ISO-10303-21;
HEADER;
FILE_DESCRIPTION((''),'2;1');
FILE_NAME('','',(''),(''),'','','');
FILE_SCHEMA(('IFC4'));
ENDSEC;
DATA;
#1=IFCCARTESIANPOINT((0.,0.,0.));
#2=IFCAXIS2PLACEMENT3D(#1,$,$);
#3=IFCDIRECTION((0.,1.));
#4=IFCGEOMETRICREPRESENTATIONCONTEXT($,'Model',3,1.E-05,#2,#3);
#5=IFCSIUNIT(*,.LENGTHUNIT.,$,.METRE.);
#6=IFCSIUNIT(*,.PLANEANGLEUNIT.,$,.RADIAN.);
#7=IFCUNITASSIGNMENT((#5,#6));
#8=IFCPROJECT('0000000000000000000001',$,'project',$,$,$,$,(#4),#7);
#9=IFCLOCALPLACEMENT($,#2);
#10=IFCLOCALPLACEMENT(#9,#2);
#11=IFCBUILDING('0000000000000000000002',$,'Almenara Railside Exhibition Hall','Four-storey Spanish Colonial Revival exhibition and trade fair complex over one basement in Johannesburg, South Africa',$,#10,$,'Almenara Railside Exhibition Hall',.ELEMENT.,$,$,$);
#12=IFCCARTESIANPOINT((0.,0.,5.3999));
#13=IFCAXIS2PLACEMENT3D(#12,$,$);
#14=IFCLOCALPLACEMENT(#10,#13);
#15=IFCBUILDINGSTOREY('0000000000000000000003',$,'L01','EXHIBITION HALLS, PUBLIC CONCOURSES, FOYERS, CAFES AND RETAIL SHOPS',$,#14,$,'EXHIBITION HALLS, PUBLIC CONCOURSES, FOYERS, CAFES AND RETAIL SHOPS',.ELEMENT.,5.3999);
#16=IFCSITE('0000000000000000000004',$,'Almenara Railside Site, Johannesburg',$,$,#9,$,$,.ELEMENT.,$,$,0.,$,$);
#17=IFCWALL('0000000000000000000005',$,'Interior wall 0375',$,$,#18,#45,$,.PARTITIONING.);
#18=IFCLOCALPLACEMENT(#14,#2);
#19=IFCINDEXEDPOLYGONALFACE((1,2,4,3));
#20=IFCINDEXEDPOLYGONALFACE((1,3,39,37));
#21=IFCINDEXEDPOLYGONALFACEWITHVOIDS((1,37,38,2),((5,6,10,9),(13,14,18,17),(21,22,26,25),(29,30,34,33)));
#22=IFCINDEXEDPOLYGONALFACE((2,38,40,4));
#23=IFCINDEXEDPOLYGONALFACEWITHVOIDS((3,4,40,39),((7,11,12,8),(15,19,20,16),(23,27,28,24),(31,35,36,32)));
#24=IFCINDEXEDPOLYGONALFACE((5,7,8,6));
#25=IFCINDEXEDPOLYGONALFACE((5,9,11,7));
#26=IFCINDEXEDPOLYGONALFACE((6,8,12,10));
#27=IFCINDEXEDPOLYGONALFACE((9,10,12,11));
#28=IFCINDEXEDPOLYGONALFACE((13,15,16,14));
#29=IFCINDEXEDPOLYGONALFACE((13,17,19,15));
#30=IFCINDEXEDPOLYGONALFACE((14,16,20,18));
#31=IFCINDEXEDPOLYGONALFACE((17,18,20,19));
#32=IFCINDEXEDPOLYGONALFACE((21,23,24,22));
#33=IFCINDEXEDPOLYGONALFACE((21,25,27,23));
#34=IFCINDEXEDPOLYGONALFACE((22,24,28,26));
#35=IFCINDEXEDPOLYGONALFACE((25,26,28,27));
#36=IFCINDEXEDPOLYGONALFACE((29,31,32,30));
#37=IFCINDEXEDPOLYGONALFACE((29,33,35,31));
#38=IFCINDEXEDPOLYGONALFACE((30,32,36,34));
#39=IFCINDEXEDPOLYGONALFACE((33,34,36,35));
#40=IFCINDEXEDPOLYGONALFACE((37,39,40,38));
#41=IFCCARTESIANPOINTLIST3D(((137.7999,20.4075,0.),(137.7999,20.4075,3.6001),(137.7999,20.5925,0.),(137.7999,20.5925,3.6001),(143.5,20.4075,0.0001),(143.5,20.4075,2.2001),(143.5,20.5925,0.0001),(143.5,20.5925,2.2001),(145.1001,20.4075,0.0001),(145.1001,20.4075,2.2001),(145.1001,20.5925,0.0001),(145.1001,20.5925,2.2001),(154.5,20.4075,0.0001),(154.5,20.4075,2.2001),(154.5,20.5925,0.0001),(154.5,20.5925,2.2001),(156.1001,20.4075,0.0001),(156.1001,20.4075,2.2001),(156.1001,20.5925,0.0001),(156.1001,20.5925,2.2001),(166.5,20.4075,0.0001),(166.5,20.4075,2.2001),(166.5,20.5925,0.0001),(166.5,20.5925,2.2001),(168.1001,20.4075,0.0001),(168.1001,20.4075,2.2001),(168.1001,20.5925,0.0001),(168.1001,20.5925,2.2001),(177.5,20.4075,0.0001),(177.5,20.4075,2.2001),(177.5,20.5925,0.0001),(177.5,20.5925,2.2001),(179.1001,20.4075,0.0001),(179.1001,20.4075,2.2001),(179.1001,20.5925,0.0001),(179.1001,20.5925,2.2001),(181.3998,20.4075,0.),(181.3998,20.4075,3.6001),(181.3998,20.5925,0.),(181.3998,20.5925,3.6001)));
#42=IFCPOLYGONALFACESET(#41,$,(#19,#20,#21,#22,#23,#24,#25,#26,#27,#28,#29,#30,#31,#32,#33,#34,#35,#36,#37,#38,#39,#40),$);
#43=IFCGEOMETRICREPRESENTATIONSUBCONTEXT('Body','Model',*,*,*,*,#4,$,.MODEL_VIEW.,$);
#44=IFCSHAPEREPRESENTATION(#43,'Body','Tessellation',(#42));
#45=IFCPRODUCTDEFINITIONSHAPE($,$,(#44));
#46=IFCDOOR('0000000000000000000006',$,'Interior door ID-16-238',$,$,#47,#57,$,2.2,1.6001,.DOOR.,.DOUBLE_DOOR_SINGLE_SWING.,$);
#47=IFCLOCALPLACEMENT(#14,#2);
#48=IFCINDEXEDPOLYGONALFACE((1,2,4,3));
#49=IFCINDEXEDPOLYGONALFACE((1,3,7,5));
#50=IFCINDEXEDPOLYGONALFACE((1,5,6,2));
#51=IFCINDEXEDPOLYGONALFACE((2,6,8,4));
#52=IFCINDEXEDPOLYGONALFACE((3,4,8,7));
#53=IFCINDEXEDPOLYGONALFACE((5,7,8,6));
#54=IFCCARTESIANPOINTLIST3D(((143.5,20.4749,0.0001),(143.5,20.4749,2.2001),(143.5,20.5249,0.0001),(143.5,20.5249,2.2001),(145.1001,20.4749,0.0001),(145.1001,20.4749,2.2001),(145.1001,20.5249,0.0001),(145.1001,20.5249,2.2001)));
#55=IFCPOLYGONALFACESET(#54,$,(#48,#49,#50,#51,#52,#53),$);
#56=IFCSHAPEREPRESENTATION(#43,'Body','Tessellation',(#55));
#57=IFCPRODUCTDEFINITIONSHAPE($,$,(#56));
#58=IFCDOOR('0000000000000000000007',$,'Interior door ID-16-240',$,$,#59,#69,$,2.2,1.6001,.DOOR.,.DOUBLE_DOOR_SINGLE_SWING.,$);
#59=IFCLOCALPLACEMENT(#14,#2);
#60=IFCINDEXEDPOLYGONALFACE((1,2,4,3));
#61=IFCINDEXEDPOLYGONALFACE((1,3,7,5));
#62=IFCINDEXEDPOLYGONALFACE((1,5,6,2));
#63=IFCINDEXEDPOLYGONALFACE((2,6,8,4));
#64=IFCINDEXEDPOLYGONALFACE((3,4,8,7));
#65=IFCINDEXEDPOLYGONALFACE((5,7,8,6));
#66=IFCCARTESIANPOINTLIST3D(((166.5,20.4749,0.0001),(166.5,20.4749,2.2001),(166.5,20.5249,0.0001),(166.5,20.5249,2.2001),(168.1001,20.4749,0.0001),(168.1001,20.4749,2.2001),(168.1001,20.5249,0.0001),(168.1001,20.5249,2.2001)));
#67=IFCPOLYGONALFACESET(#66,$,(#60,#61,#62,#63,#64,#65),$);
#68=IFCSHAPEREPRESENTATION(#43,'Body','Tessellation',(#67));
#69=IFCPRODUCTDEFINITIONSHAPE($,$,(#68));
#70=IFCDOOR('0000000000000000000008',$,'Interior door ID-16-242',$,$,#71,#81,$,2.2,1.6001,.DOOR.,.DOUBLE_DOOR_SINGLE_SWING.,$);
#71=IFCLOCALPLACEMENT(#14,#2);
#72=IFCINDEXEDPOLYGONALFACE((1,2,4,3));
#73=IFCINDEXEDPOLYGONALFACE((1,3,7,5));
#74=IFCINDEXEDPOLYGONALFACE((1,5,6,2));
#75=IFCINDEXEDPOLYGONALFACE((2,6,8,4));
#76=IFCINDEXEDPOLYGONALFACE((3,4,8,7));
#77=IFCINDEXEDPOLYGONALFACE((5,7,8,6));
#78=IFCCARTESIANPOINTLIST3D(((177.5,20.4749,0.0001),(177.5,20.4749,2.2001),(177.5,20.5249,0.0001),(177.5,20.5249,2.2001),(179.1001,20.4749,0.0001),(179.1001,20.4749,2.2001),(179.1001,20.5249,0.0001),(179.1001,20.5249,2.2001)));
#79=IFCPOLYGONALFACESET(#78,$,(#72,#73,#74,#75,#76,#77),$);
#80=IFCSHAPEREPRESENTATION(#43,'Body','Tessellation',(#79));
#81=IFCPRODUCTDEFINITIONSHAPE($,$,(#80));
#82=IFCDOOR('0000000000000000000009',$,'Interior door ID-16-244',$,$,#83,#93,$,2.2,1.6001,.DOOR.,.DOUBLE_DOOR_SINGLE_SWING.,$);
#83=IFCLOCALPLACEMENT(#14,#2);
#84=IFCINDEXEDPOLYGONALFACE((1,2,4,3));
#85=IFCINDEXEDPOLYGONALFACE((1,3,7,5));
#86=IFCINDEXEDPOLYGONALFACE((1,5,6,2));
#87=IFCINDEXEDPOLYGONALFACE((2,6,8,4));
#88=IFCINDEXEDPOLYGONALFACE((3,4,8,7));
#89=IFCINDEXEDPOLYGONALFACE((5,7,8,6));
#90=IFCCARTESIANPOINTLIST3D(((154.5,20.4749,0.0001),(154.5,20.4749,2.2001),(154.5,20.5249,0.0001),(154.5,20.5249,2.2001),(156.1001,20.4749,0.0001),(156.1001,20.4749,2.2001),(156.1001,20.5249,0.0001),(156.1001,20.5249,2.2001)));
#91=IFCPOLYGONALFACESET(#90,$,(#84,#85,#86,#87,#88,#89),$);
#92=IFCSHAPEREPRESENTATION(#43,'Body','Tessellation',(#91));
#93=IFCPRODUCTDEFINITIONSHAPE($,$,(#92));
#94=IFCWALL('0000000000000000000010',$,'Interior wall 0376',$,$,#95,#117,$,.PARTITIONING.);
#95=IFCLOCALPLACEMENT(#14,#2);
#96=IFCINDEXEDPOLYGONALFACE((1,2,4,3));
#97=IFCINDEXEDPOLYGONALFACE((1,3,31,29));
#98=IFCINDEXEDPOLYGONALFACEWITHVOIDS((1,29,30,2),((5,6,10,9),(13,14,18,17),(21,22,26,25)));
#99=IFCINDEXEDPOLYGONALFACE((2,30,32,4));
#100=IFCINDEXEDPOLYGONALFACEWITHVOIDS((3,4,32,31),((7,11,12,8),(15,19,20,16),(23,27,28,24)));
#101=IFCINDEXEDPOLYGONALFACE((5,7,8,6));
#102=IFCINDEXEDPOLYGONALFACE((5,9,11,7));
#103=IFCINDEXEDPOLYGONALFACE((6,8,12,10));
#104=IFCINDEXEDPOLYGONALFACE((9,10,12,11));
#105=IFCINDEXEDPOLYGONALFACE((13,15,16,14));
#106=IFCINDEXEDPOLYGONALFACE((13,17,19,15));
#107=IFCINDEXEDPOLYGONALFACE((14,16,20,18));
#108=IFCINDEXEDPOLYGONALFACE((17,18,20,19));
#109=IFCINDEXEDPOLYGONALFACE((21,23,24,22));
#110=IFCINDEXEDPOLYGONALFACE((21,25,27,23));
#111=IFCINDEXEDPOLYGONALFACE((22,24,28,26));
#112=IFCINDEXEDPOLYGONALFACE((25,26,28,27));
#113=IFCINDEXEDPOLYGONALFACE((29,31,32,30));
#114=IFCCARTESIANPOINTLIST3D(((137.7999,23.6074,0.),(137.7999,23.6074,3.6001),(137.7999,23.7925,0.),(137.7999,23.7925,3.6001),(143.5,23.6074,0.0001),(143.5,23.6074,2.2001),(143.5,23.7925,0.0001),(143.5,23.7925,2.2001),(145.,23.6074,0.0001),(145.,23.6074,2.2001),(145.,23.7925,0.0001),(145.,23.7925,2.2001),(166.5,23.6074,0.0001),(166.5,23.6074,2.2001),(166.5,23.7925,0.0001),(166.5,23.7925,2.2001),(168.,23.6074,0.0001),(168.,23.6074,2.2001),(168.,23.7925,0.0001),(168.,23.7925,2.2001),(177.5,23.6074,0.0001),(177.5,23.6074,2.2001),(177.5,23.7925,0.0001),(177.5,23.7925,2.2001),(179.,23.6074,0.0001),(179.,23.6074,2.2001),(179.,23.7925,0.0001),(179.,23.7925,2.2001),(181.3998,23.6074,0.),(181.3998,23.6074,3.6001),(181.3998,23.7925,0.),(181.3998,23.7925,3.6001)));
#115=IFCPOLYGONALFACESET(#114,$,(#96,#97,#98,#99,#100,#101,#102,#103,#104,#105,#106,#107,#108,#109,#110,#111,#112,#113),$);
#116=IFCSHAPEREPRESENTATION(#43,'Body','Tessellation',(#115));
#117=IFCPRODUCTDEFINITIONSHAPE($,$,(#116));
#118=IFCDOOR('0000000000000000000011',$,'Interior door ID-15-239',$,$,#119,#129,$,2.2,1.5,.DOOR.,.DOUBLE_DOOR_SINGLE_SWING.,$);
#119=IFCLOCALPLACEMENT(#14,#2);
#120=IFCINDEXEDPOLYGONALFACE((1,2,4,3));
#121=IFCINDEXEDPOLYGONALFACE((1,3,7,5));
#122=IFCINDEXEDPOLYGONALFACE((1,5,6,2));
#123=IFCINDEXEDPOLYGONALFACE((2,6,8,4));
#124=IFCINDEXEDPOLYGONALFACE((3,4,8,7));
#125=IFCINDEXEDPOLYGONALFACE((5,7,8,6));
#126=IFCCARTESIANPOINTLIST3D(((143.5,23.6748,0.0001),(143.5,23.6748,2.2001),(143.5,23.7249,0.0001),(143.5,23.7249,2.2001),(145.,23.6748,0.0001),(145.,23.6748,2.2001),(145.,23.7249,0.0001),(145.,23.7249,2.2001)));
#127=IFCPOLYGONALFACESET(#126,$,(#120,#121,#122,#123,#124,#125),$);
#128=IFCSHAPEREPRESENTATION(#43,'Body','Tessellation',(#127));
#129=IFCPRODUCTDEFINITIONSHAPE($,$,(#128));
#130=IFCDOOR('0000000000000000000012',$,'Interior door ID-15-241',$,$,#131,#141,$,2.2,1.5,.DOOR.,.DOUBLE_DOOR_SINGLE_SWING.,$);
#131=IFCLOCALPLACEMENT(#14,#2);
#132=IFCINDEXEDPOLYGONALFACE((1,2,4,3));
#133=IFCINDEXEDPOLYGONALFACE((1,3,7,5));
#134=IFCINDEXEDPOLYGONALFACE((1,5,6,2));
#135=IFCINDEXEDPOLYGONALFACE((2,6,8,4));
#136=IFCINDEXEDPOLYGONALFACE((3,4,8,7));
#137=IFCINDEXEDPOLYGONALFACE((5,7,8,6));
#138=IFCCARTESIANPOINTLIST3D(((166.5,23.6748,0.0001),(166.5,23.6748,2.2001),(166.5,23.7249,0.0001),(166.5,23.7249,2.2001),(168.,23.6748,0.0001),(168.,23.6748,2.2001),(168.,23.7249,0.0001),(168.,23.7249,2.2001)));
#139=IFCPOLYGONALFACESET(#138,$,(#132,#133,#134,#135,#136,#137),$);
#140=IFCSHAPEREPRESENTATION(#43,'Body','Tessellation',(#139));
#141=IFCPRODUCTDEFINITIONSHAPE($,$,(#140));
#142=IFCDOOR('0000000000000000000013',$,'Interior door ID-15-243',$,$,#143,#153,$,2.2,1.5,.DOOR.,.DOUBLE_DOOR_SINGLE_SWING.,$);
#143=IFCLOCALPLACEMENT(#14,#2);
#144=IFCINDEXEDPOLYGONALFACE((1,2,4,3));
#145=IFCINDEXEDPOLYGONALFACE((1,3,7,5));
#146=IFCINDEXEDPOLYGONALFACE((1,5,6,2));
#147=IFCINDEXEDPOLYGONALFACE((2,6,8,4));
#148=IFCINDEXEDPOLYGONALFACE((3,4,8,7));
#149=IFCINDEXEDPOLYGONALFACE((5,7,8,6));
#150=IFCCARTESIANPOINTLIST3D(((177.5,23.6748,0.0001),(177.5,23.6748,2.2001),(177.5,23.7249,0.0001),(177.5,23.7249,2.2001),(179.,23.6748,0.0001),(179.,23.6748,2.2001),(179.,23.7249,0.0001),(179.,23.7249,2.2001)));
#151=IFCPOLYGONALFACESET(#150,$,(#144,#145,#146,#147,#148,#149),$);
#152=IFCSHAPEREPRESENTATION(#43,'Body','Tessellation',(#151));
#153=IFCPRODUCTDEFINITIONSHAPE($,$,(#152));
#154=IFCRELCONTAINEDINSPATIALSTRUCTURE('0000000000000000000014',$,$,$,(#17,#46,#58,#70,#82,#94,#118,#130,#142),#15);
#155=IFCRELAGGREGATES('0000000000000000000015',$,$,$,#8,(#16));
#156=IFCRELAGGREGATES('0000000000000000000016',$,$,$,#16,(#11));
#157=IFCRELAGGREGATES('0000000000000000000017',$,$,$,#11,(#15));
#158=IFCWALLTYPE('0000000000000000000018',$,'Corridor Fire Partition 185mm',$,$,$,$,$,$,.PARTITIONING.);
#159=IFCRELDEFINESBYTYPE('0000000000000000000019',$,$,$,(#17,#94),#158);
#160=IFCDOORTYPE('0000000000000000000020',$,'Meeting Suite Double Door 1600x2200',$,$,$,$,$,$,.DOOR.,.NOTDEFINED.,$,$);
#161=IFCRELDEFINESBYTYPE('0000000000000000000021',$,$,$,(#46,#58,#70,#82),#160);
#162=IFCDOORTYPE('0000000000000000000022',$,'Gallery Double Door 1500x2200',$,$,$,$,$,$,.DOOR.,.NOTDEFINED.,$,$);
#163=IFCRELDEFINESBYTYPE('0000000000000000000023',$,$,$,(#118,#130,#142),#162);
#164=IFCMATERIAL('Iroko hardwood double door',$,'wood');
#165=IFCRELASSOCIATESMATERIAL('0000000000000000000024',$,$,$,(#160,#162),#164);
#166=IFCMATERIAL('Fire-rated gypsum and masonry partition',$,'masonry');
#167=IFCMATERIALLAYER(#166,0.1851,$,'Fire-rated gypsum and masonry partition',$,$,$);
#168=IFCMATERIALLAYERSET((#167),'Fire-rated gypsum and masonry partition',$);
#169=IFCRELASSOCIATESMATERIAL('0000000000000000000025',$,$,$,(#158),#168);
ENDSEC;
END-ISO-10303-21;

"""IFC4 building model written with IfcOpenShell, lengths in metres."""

from ifc_helpers import new_model, si_unit, direction, frame, frame_2d, origin, place, context, subcontext, project, spatial, rectangle, extrude, material, layer, layer_set, type_object, element, fill, save


model = new_model("IFC4")

# Units and contexts
model_context = context("Model", 3, precision=1e-05, world=origin(), true_north=direction((0.0, 1.0)))
body_context = subcontext(model_context, "Body", "Model", "MODEL_VIEW")
ifc_project = project(units=[si_unit("LENGTHUNIT", "METRE"), si_unit("PLANEANGLEUNIT", "RADIAN")], contexts=[model_context])

# Site, building, storey
site_placement = place(None, origin())
site = spatial("IfcSite", under=ifc_project, at=site_placement, Name="Almenara Railside Site, Johannesburg", CompositionType="ELEMENT", RefElevation=0.0)
building_placement = place(site_placement, origin())
building = spatial("IfcBuilding", under=site, at=building_placement, Name="Almenara Railside Exhibition Hall", Description="Four-storey Spanish Colonial Revival exhibition and trade fair complex over one basement in Johannesburg, South Africa", LongName="Almenara Railside Exhibition Hall", CompositionType="ELEMENT")
storey_placement = place(building_placement, frame((0.0, 0.0, 5.3999)))
storey = spatial("IfcBuildingStorey", under=building, at=storey_placement, Name="L01", Description="EXHIBITION HALLS, PUBLIC CONCOURSES, FOYERS, CAFES AND RETAIL SHOPS", LongName="EXHIBITION HALLS, PUBLIC CONCOURSES, FOYERS, CAFES AND RETAIL SHOPS", CompositionType="ELEMENT", Elevation=5.3999)

# Shared definitions
ifc_material_1 = material(Name="Iroko hardwood double door", Category="wood")
door_type_1 = type_object("IfcDoorType", Name="Meeting Suite Double Door 1600x2200", OperationType="NOTDEFINED", PredefinedType="DOOR", material=ifc_material_1)

# Walls, openings, doors
ifc_material_2 = material(Name="Fire-rated gypsum and masonry partition", Category="masonry")
ifc_layer_1 = layer(ifc_material_2, 0.1851, Name="Fire-rated gypsum and masonry partition")
ifc_layer_set_1 = layer_set([ifc_layer_1], Name="Fire-rated gypsum and masonry partition")
wall_type_1 = type_object("IfcWallType", Name="Corridor Fire Partition 185mm", PredefinedType="PARTITIONING", material=ifc_layer_set_1)
wall_1_placement = place(storey_placement, frame((137.8, 20.5, 0.0), z_axis=(0.0, 0.0, 1.0), x_axis=(1.0, 0.0, 0.0)))
wall_1 = element("IfcWall", 1, at=wall_1_placement, inside=storey, type_object=wall_type_1, Name="Interior wall 0375", PredefinedType="PARTITIONING", context=body_context, shape_type="SweptSolid", body=[
    extrude(rectangle(XDim=43.5999, YDim=0.1851, at=frame_2d((21.7998, 0.0))), origin(), (0.0, 0.0, 1.0), 3.6001),
])
opening_1_placement = place(wall_1_placement, frame((5.7, 0.0, 0.0)))
opening_1 = element("IfcOpeningElement", 2, at=opening_1_placement, cuts=wall_1, PredefinedType="OPENING", context=body_context, shape_type="SweptSolid", body=[
    extrude(rectangle(XDim=1.6001, YDim=2.2, at=frame_2d((0.8, 1.1001))), frame((0.0, 0.1025, 0.0), z_axis=(0.0, -1.0, 0.0), x_axis=(1.0, 0.0, 0.0)), (0.0, 0.0, 1.0), 0.2051),
])
opening_2_placement = place(wall_1_placement, frame((28.7, 0.0, 0.0)))
opening_2 = element("IfcOpeningElement", 3, at=opening_2_placement, cuts=wall_1, PredefinedType="OPENING", context=body_context, shape_type="SweptSolid", body=[
    extrude(rectangle(XDim=1.6001, YDim=2.2, at=frame_2d((0.8, 1.1001))), frame((0.0, 0.1025, 0.0), z_axis=(0.0, -1.0, 0.0), x_axis=(1.0, 0.0, 0.0)), (0.0, 0.0, 1.0), 0.2051),
])
opening_3_placement = place(wall_1_placement, frame((39.7, 0.0, 0.0)))
opening_3 = element("IfcOpeningElement", 4, at=opening_3_placement, cuts=wall_1, PredefinedType="OPENING", context=body_context, shape_type="SweptSolid", body=[
    extrude(rectangle(XDim=1.6001, YDim=2.2, at=frame_2d((0.8, 1.1001))), frame((0.0, 0.1025, 0.0), z_axis=(0.0, -1.0, 0.0), x_axis=(1.0, 0.0, 0.0)), (0.0, 0.0, 1.0), 0.2051),
])
opening_4_placement = place(wall_1_placement, frame((16.7, 0.0, 0.0)))
opening_4 = element("IfcOpeningElement", 5, at=opening_4_placement, cuts=wall_1, PredefinedType="OPENING", context=body_context, shape_type="SweptSolid", body=[
    extrude(rectangle(XDim=1.6001, YDim=2.2, at=frame_2d((0.8, 1.1001))), frame((0.0, 0.1025, 0.0), z_axis=(0.0, -1.0, 0.0), x_axis=(1.0, 0.0, 0.0)), (0.0, 0.0, 1.0), 0.2051),
])
door_1_placement = place(opening_1_placement, origin())
door_1 = element("IfcDoor", 6, at=door_1_placement, inside=storey, type_object=door_type_1, Name="Interior door ID-16-238", OperationType="DOUBLE_DOOR_SINGLE_SWING", OverallHeight=2.2, OverallWidth=1.6001, PredefinedType="DOOR", context=body_context, shape_type="SweptSolid", body=[
    extrude(rectangle(XDim=1.6001, YDim=2.2, at=frame_2d((0.8, 1.1001))), frame((0.0, 0.0249, 0.0), z_axis=(0.0, -1.0, 0.0), x_axis=(1.0, 0.0, 0.0)), (0.0, 0.0, 1.0), 0.05),
])
fill(opening_1, door_1)
door_2_placement = place(opening_2_placement, origin())
door_2 = element("IfcDoor", 7, at=door_2_placement, inside=storey, type_object=door_type_1, Name="Interior door ID-16-240", OperationType="DOUBLE_DOOR_SINGLE_SWING", OverallHeight=2.2, OverallWidth=1.6001, PredefinedType="DOOR", context=body_context, shape_type="SweptSolid", body=[
    extrude(rectangle(XDim=1.6001, YDim=2.2, at=frame_2d((0.8, 1.1001))), frame((0.0, 0.0249, 0.0), z_axis=(0.0, -1.0, 0.0), x_axis=(1.0, 0.0, 0.0)), (0.0, 0.0, 1.0), 0.05),
])
fill(opening_2, door_2)
door_3_placement = place(opening_3_placement, origin())
door_3 = element("IfcDoor", 8, at=door_3_placement, inside=storey, type_object=door_type_1, Name="Interior door ID-16-242", OperationType="DOUBLE_DOOR_SINGLE_SWING", OverallHeight=2.2, OverallWidth=1.6001, PredefinedType="DOOR", context=body_context, shape_type="SweptSolid", body=[
    extrude(rectangle(XDim=1.6001, YDim=2.2, at=frame_2d((0.8, 1.1001))), frame((0.0, 0.0249, 0.0), z_axis=(0.0, -1.0, 0.0), x_axis=(1.0, 0.0, 0.0)), (0.0, 0.0, 1.0), 0.05),
])
fill(opening_3, door_3)
door_4_placement = place(opening_4_placement, origin())
door_4 = element("IfcDoor", 9, at=door_4_placement, inside=storey, type_object=door_type_1, Name="Interior door ID-16-244", OperationType="DOUBLE_DOOR_SINGLE_SWING", OverallHeight=2.2, OverallWidth=1.6001, PredefinedType="DOOR", context=body_context, shape_type="SweptSolid", body=[
    extrude(rectangle(XDim=1.6001, YDim=2.2, at=frame_2d((0.8, 1.1001))), frame((0.0, 0.0249, 0.0), z_axis=(0.0, -1.0, 0.0), x_axis=(1.0, 0.0, 0.0)), (0.0, 0.0, 1.0), 0.05),
])
fill(opening_4, door_4)
wall_2_placement = place(storey_placement, frame((137.8, 23.7, 0.0), z_axis=(0.0, 0.0, 1.0), x_axis=(1.0, 0.0, 0.0)))
wall_2 = element("IfcWall", 10, at=wall_2_placement, inside=storey, type_object=wall_type_1, Name="Interior wall 0376", PredefinedType="PARTITIONING", context=body_context, shape_type="SweptSolid", body=[
    extrude(rectangle(XDim=43.5999, YDim=0.1851, at=frame_2d((21.7998, 0.0))), origin(), (0.0, 0.0, 1.0), 3.6001),
])
opening_5_placement = place(wall_2_placement, frame((5.7, 0.0, 0.0)))
opening_5 = element("IfcOpeningElement", 11, at=opening_5_placement, cuts=wall_2, PredefinedType="OPENING", context=body_context, shape_type="SweptSolid", body=[
    extrude(rectangle(XDim=1.5, YDim=2.2, at=frame_2d((0.75, 1.1001))), frame((0.0, 0.1025, 0.0), z_axis=(0.0, -1.0, 0.0), x_axis=(1.0, 0.0, 0.0)), (0.0, 0.0, 1.0), 0.2051),
])
opening_6_placement = place(wall_2_placement, frame((28.7, 0.0, 0.0)))
opening_6 = element("IfcOpeningElement", 12, at=opening_6_placement, cuts=wall_2, PredefinedType="OPENING", context=body_context, shape_type="SweptSolid", body=[
    extrude(rectangle(XDim=1.5, YDim=2.2, at=frame_2d((0.75, 1.1001))), frame((0.0, 0.1025, 0.0), z_axis=(0.0, -1.0, 0.0), x_axis=(1.0, 0.0, 0.0)), (0.0, 0.0, 1.0), 0.2051),
])
opening_7_placement = place(wall_2_placement, frame((39.7, 0.0, 0.0)))
opening_7 = element("IfcOpeningElement", 13, at=opening_7_placement, cuts=wall_2, PredefinedType="OPENING", context=body_context, shape_type="SweptSolid", body=[
    extrude(rectangle(XDim=1.5, YDim=2.2, at=frame_2d((0.75, 1.1001))), frame((0.0, 0.1025, 0.0), z_axis=(0.0, -1.0, 0.0), x_axis=(1.0, 0.0, 0.0)), (0.0, 0.0, 1.0), 0.2051),
])
door_type_2 = type_object("IfcDoorType", Name="Gallery Double Door 1500x2200", OperationType="NOTDEFINED", PredefinedType="DOOR", material=ifc_material_1)
door_5_placement = place(opening_5_placement, origin())
door_5 = element("IfcDoor", 14, at=door_5_placement, inside=storey, type_object=door_type_2, Name="Interior door ID-15-239", OperationType="DOUBLE_DOOR_SINGLE_SWING", OverallHeight=2.2, OverallWidth=1.5, PredefinedType="DOOR", context=body_context, shape_type="SweptSolid", body=[
    extrude(rectangle(XDim=1.5, YDim=2.2, at=frame_2d((0.75, 1.1001))), frame((0.0, 0.0249, 0.0), z_axis=(0.0, -1.0, 0.0), x_axis=(1.0, 0.0, 0.0)), (0.0, 0.0, 1.0), 0.05),
])
fill(opening_5, door_5)
door_6_placement = place(opening_6_placement, origin())
door_6 = element("IfcDoor", 15, at=door_6_placement, inside=storey, type_object=door_type_2, Name="Interior door ID-15-241", OperationType="DOUBLE_DOOR_SINGLE_SWING", OverallHeight=2.2, OverallWidth=1.5, PredefinedType="DOOR", context=body_context, shape_type="SweptSolid", body=[
    extrude(rectangle(XDim=1.5, YDim=2.2, at=frame_2d((0.75, 1.1001))), frame((0.0, 0.0249, 0.0), z_axis=(0.0, -1.0, 0.0), x_axis=(1.0, 0.0, 0.0)), (0.0, 0.0, 1.0), 0.05),
])
fill(opening_6, door_6)
door_7_placement = place(opening_7_placement, origin())
door_7 = element("IfcDoor", 16, at=door_7_placement, inside=storey, type_object=door_type_2, Name="Interior door ID-15-243", OperationType="DOUBLE_DOOR_SINGLE_SWING", OverallHeight=2.2, OverallWidth=1.5, PredefinedType="DOOR", context=body_context, shape_type="SweptSolid", body=[
    extrude(rectangle(XDim=1.5, YDim=2.2, at=frame_2d((0.75, 1.1001))), frame((0.0, 0.0249, 0.0), z_axis=(0.0, -1.0, 0.0), x_axis=(1.0, 0.0, 0.0)), (0.0, 0.0, 1.0), 0.05),
])
fill(opening_7, door_7)

save(model, "model.ifc")
